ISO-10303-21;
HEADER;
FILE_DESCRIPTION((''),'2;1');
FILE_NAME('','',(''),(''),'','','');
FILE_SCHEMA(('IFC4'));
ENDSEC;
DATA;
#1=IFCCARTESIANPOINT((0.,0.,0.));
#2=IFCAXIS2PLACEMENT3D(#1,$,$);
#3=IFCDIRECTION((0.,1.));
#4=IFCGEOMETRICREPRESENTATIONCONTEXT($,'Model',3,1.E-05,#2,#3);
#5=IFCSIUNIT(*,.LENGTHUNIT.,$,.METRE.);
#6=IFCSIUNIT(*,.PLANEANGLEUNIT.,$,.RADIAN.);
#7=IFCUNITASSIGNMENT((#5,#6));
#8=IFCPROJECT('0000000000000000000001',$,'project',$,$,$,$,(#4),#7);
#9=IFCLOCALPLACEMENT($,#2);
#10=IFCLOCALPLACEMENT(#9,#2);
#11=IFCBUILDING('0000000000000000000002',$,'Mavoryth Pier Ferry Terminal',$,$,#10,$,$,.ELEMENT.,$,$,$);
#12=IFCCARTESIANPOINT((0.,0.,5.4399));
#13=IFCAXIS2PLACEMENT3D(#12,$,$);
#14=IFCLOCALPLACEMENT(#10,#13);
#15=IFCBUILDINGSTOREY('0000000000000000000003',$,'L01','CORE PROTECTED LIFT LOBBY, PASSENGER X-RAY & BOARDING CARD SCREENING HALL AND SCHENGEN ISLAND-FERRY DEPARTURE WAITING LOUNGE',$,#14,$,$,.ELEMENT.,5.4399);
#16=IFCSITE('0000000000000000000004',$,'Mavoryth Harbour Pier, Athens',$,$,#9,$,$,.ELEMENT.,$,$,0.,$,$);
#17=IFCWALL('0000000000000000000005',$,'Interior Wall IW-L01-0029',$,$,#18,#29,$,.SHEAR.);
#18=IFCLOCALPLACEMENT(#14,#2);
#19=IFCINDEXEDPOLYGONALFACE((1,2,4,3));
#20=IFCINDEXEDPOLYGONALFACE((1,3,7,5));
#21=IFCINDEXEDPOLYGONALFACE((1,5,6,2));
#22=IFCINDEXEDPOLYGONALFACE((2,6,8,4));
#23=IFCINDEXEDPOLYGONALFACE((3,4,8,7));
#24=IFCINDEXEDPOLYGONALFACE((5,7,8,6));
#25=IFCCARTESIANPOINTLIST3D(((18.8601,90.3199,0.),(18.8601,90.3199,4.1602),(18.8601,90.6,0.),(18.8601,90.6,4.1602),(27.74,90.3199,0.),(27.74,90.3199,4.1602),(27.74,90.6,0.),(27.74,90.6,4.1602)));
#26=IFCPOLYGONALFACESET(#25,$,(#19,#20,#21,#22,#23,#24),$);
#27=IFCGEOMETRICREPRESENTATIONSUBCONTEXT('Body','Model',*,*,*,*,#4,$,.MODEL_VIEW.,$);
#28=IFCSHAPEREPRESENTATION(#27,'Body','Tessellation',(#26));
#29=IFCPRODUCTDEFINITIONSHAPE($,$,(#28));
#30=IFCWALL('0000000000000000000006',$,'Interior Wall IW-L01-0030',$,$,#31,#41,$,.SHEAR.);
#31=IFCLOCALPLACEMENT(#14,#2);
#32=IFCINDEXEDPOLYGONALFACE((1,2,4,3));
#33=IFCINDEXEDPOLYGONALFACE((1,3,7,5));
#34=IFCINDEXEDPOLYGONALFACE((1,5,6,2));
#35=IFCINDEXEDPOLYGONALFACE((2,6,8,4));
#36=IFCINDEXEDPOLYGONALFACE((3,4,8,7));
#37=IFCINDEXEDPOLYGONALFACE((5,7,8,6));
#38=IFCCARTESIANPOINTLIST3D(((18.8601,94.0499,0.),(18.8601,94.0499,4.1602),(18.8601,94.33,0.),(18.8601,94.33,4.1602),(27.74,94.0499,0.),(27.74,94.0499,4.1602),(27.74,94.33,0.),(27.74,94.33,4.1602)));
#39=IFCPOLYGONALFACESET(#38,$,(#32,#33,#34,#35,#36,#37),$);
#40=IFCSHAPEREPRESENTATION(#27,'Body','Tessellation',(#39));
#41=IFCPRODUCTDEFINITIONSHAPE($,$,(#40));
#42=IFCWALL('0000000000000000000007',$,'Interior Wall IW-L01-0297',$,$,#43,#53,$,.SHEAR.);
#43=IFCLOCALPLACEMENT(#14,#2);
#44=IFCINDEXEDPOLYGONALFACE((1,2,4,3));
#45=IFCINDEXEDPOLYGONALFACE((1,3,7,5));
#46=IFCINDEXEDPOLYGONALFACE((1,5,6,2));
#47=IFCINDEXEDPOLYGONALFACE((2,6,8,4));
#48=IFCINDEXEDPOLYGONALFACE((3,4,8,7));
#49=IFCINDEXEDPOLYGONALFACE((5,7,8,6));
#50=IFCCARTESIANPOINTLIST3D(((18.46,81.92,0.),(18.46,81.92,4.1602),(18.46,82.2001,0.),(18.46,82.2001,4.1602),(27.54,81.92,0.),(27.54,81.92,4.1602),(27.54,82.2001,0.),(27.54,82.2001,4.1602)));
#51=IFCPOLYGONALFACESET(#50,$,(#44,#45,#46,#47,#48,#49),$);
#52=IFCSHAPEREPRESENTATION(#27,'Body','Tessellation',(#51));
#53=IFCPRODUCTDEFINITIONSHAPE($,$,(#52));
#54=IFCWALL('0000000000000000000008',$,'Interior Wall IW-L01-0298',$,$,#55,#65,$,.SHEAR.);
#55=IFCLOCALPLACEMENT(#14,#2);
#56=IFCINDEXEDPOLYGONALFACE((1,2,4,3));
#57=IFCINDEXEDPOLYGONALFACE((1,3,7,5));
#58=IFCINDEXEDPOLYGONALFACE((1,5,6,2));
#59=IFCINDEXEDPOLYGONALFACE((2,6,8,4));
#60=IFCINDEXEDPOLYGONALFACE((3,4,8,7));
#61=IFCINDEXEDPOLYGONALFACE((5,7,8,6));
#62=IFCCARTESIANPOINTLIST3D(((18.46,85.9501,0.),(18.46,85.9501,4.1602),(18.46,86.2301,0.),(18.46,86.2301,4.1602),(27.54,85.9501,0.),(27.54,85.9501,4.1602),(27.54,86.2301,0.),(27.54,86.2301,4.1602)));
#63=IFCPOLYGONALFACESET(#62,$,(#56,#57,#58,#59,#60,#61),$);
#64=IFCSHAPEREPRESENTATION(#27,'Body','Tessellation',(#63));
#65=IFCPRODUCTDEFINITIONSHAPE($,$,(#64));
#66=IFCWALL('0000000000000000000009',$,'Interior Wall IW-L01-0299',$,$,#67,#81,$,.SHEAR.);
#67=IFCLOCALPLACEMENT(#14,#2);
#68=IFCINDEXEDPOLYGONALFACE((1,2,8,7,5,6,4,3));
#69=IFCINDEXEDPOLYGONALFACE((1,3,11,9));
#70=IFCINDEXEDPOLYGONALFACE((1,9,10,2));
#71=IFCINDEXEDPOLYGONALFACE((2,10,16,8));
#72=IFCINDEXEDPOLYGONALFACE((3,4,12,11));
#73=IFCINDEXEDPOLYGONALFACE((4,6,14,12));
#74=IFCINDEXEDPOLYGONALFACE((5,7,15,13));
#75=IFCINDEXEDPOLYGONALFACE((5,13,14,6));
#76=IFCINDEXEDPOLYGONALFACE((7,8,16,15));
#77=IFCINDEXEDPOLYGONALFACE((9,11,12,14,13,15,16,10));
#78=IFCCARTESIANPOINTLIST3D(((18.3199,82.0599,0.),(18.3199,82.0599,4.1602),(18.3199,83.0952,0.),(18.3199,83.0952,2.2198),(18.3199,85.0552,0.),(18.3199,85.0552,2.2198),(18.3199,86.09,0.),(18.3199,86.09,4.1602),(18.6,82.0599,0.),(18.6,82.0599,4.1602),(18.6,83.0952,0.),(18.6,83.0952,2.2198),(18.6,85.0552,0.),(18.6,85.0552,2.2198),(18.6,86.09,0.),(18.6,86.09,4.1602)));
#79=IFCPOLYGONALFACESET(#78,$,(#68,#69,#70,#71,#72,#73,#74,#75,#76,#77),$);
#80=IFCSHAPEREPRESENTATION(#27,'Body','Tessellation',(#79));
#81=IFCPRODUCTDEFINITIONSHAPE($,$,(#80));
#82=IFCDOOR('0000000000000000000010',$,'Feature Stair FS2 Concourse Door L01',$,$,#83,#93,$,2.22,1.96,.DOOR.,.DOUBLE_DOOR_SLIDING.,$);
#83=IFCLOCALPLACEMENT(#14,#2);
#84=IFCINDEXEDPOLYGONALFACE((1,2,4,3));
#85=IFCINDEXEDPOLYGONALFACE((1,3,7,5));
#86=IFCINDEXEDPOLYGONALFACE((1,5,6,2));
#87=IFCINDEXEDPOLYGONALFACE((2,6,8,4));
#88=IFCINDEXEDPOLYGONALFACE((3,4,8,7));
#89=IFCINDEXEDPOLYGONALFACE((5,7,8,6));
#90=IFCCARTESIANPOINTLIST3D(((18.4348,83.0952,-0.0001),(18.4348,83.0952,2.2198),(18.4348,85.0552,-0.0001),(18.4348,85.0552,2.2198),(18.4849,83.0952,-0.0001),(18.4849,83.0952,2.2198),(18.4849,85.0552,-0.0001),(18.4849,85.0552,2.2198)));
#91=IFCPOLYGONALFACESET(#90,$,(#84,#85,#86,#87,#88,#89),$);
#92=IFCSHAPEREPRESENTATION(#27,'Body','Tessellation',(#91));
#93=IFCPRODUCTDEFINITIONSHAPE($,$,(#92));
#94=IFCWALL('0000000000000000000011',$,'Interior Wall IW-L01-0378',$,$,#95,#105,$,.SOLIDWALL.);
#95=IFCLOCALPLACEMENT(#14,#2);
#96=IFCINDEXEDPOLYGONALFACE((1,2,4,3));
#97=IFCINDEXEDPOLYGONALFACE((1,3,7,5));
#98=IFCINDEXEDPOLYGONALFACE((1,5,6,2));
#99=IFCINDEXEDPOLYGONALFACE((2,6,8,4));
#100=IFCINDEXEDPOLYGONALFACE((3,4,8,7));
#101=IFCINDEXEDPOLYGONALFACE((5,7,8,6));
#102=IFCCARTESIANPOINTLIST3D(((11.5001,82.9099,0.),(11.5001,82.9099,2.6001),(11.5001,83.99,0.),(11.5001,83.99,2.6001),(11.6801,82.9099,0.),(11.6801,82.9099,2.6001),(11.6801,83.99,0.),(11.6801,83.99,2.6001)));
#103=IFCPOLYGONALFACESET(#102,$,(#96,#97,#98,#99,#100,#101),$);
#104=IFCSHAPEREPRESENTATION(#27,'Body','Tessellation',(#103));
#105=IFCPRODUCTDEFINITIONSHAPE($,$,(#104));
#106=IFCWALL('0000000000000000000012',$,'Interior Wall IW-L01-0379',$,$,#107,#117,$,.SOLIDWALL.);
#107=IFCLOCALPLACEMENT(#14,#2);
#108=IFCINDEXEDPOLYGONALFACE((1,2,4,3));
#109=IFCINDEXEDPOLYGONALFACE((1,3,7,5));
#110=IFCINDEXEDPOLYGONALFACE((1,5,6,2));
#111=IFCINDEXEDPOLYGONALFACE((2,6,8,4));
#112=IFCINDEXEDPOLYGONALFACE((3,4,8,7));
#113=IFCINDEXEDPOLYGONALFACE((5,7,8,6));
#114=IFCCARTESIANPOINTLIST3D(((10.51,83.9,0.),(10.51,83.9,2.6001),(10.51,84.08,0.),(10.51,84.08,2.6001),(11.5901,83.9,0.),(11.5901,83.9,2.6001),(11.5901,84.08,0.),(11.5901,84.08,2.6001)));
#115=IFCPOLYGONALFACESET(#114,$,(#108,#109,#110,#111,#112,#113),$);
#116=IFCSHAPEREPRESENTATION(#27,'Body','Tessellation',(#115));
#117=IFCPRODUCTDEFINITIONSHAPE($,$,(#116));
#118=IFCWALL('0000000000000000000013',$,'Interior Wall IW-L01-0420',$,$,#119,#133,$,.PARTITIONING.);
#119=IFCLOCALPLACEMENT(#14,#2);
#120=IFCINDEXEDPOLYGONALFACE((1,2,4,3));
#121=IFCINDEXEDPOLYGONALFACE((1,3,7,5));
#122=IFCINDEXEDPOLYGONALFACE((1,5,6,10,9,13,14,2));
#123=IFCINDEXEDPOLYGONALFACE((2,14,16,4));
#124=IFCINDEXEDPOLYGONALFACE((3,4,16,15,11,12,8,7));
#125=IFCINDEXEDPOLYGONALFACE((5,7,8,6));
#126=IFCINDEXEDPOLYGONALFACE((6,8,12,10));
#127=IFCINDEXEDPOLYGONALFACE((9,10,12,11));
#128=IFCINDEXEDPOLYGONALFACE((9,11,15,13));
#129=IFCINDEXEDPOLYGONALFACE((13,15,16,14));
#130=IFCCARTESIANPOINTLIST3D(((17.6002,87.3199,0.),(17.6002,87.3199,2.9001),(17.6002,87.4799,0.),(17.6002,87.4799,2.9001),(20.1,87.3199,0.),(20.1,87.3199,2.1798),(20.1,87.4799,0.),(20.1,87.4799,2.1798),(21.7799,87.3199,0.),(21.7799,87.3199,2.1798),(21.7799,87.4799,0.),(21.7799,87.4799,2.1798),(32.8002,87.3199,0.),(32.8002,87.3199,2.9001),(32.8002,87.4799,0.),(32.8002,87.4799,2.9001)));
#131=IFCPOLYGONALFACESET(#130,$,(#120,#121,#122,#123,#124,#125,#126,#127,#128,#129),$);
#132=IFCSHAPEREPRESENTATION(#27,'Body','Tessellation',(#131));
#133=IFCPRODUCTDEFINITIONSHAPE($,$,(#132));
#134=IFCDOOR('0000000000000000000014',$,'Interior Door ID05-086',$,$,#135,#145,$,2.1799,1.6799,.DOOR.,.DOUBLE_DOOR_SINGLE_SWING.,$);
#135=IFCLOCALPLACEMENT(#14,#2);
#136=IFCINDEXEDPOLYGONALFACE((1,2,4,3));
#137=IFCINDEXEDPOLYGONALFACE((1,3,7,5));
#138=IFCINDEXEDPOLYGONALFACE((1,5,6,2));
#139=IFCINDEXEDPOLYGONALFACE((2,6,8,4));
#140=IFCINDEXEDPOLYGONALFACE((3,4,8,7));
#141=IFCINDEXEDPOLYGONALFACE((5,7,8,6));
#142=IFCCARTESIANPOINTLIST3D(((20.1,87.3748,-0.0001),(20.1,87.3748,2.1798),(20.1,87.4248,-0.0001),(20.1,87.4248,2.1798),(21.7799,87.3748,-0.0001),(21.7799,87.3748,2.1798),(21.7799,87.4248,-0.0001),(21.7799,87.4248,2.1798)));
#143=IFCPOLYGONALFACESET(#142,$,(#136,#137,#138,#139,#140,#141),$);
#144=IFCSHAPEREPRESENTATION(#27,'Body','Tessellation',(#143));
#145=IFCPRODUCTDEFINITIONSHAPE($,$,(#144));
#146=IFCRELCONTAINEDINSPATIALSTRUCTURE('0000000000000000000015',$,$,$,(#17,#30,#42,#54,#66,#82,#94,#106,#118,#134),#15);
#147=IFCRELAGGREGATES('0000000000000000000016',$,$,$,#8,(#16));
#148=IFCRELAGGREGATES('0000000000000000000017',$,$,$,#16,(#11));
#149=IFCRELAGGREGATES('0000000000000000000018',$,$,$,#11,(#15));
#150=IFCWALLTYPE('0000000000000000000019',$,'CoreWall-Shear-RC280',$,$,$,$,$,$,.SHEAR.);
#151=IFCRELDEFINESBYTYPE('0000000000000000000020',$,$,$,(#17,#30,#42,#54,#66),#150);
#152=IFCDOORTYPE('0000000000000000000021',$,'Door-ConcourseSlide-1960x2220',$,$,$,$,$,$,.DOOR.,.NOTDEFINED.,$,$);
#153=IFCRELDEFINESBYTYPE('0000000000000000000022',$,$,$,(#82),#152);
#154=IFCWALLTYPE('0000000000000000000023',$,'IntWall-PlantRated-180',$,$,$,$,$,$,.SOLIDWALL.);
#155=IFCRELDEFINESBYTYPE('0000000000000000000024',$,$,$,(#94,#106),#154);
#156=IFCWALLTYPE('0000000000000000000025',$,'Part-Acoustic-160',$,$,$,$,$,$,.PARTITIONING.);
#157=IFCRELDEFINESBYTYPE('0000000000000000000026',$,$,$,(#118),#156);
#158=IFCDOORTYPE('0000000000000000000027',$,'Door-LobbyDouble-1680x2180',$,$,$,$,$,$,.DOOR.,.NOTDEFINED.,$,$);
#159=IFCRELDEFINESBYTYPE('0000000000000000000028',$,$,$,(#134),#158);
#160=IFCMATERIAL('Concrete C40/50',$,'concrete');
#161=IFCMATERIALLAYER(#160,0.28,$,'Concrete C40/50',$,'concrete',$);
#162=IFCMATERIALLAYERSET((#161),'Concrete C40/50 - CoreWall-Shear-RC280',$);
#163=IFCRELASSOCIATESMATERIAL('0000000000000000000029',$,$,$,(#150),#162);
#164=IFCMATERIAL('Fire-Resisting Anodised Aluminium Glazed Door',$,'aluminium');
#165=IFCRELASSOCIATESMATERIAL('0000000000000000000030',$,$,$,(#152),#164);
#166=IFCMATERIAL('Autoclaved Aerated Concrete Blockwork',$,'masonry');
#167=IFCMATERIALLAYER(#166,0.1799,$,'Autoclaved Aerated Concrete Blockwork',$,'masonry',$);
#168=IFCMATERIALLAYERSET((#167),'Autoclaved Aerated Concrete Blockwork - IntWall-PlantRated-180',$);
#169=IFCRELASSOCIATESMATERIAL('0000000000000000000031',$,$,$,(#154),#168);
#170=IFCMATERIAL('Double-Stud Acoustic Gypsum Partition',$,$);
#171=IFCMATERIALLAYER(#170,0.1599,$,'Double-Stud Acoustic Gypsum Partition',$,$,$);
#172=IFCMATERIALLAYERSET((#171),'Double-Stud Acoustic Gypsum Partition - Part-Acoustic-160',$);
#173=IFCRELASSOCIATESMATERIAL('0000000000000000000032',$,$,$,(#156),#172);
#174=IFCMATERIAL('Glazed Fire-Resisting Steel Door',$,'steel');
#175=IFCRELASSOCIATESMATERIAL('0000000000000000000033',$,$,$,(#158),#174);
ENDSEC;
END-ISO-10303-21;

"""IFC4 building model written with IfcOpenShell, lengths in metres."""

from ifc_helpers import new_model, si_unit, direction, frame, frame_2d, origin, place, context, subcontext, project, spatial, rectangle, extrude, material, layer, layer_set, type_object, element, fill, save


model = new_model("IFC4")

# Units and contexts
model_context = context("Model", 3, precision=1e-05, world=origin(), true_north=direction((0.0, 1.0)))
body_context = subcontext(model_context, "Body", "Model", "MODEL_VIEW")
ifc_project = project(units=[si_unit("LENGTHUNIT", "METRE"), si_unit("PLANEANGLEUNIT", "RADIAN")], contexts=[model_context])

# Site, building, storey
site_placement = place(None, origin())
site = spatial("IfcSite", under=ifc_project, at=site_placement, Name="Mavoryth Harbour Pier, Athens", CompositionType="ELEMENT", RefElevation=0.0)
building_placement = place(site_placement, origin())
building = spatial("IfcBuilding", under=site, at=building_placement, Name="Mavoryth Pier Ferry Terminal", CompositionType="ELEMENT")
storey_placement = place(building_placement, frame((0.0, 0.0, 5.4399)))
storey = spatial("IfcBuildingStorey", under=building, at=storey_placement, Name="L01", Description="CORE PROTECTED LIFT LOBBY, PASSENGER X-RAY & BOARDING CARD SCREENING HALL AND SCHENGEN ISLAND-FERRY DEPARTURE WAITING LOUNGE", CompositionType="ELEMENT", Elevation=5.4399)

# Shared definitions
ifc_material_1 = material(Name="Concrete C40/50", Category="concrete")

# Walls
ifc_layer_1 = layer(ifc_material_1, 0.28, Name="Concrete C40/50", Category="concrete")
ifc_layer_set_1 = layer_set([ifc_layer_1], Name="Concrete C40/50 - CoreWall-Shear-RC280")
wall_type_1 = type_object("IfcWallType", Name="CoreWall-Shear-RC280", PredefinedType="SHEAR", material=ifc_layer_set_1)
for number, where, z_axis, x_axis, name in (
    (1, (18.8601, 90.46, 0.0), (0.0, 0.0, 1.0), (1.0, 0.0, 0.0), "Interior Wall IW-L01-0029"),
    (2, (18.8601, 94.1899, 0.0), (0.0, 0.0, 1.0), (1.0, 0.0, 0.0), "Interior Wall IW-L01-0030"),
):
    element("IfcWall", number, at=place(storey_placement, frame(where, z_axis=z_axis, x_axis=x_axis)), inside=storey, type_object=wall_type_1, Name=name, PredefinedType="SHEAR", context=body_context, shape_type="SweptSolid", body=[
        extrude(rectangle(XDim=8.8799, YDim=0.28, at=frame_2d((4.4399, 0.0))), origin(), (0.0, 0.0, 1.0), 4.1602),
    ])

# Walls
for number, where, z_axis, x_axis, name in (
    (3, (18.46, 82.0601, 0.0), (0.0, 0.0, 1.0), (1.0, 0.0, 0.0), "Interior Wall IW-L01-0297"),
    (4, (18.46, 86.0901, 0.0), (0.0, 0.0, 1.0), (1.0, 0.0, 0.0), "Interior Wall IW-L01-0298"),
):
    element("IfcWall", number, at=place(storey_placement, frame(where, z_axis=z_axis, x_axis=x_axis)), inside=storey, type_object=wall_type_1, Name=name, PredefinedType="SHEAR", context=body_context, shape_type="SweptSolid", body=[
        extrude(rectangle(XDim=9.0801, YDim=0.28, at=frame_2d((4.54, 0.0))), origin(), (0.0, 0.0, 1.0), 4.1602),
    ])

# Wall, opening, door
wall_1_placement = place(storey_placement, frame((18.46, 86.0901, 0.0), z_axis=(0.0, 0.0, 1.0), x_axis=(0.0, -1.0, 0.0)))
wall_1 = element("IfcWall", 5, at=wall_1_placement, inside=storey, type_object=wall_type_1, Name="Interior Wall IW-L01-0299", PredefinedType="SHEAR", context=body_context, shape_type="SweptSolid", body=[
    extrude(rectangle(XDim=4.03, YDim=0.28, at=frame_2d((2.0151, 0.0))), origin(), (0.0, 0.0, 1.0), 4.1602),
])
opening_1_placement = place(wall_1_placement, frame((1.0349, 0.0, 0.0)))
opening_1 = element("IfcOpeningElement", 6, at=opening_1_placement, cuts=wall_1, PredefinedType="OPENING", context=body_context, shape_type="SweptSolid", body=[
    extrude(rectangle(XDim=1.96, YDim=2.22, at=frame_2d((0.98, 1.1099))), frame((0.0, 0.1499, 0.0), z_axis=(0.0, -1.0, 0.0), x_axis=(1.0, 0.0, 0.0)), (0.0, 0.0, 1.0), 0.3),
])
ifc_material_2 = material(Name="Fire-Resisting Anodised Aluminium Glazed Door", Category="aluminium")
door_type_1 = type_object("IfcDoorType", Name="Door-ConcourseSlide-1960x2220", OperationType="NOTDEFINED", PredefinedType="DOOR", material=ifc_material_2)
door_1_placement = place(opening_1_placement, origin())
door_1 = element("IfcDoor", 7, at=door_1_placement, inside=storey, type_object=door_type_1, Name="Feature Stair FS2 Concourse Door L01", OperationType="DOUBLE_DOOR_SLIDING", OverallHeight=2.22, OverallWidth=1.96, PredefinedType="DOOR", context=body_context, shape_type="SweptSolid", body=[
    extrude(rectangle(XDim=1.96, YDim=2.22, at=frame_2d((0.98, 1.1099))), frame((0.0, 0.0249, 0.0), z_axis=(0.0, -1.0, 0.0), x_axis=(1.0, 0.0, 0.0)), (0.0, 0.0, 1.0), 0.05),
])
fill(opening_1, door_1)

# Walls
ifc_material_3 = material(Name="Autoclaved Aerated Concrete Blockwork", Category="masonry")
ifc_layer_2 = layer(ifc_material_3, 0.1799, Name="Autoclaved Aerated Concrete Blockwork", Category="masonry")
ifc_layer_set_2 = layer_set([ifc_layer_2], Name="Autoclaved Aerated Concrete Blockwork - IntWall-PlantRated-180")
wall_type_2 = type_object("IfcWallType", Name="IntWall-PlantRated-180", PredefinedType="SOLIDWALL", material=ifc_layer_set_2)
for number, where, z_axis, x_axis, name in (
    (8, (11.5901, 82.9099, 0.0), (0.0, 0.0, 1.0), (0.0, 1.0, 0.0), "Interior Wall IW-L01-0378"),
    (9, (11.5901, 83.99, 0.0), (0.0, 0.0, 1.0), (-1.0, 0.0, 0.0), "Interior Wall IW-L01-0379"),
):
    element("IfcWall", number, at=place(storey_placement, frame(where, z_axis=z_axis, x_axis=x_axis)), inside=storey, type_object=wall_type_2, Name=name, PredefinedType="SOLIDWALL", context=body_context, shape_type="SweptSolid", body=[
        extrude(rectangle(XDim=1.0801, YDim=0.1799, at=frame_2d((0.54, 0.0))), origin(), (0.0, 0.0, 1.0), 2.6001),
    ])

# Wall, opening, door
ifc_material_4 = material(Name="Double-Stud Acoustic Gypsum Partition")
ifc_layer_3 = layer(ifc_material_4, 0.1599, Name="Double-Stud Acoustic Gypsum Partition")
ifc_layer_set_3 = layer_set([ifc_layer_3], Name="Double-Stud Acoustic Gypsum Partition - Part-Acoustic-160")
wall_type_3 = type_object("IfcWallType", Name="Part-Acoustic-160", PredefinedType="PARTITIONING", material=ifc_layer_set_3)
wall_2_placement = place(storey_placement, frame((17.6001, 87.3999, 0.0), z_axis=(0.0, 0.0, 1.0), x_axis=(1.0, 0.0, 0.0)))
wall_2 = element("IfcWall", 10, at=wall_2_placement, inside=storey, type_object=wall_type_3, Name="Interior Wall IW-L01-0420", PredefinedType="PARTITIONING", context=body_context, shape_type="SweptSolid", body=[
    extrude(rectangle(XDim=15.2, YDim=0.1599, at=frame_2d((7.6001, 0.0))), origin(), (0.0, 0.0, 1.0), 2.9001),
])
opening_2_placement = place(wall_2_placement, frame((2.5, 0.0, 0.0)))
opening_2 = element("IfcOpeningElement", 11, at=opening_2_placement, cuts=wall_2, PredefinedType="OPENING", context=body_context, shape_type="SweptSolid", body=[
    extrude(rectangle(XDim=1.6799, YDim=2.1799, at=frame_2d((0.8398, 1.0898))), frame((0.0, 0.0898, 0.0), z_axis=(0.0, -1.0, 0.0), x_axis=(1.0, 0.0, 0.0)), (0.0, 0.0, 1.0), 0.1799),
])
ifc_material_5 = material(Name="Glazed Fire-Resisting Steel Door", Category="steel")
door_type_2 = type_object("IfcDoorType", Name="Door-LobbyDouble-1680x2180", OperationType="NOTDEFINED", PredefinedType="DOOR", material=ifc_material_5)
door_2_placement = place(opening_2_placement, origin())
door_2 = element("IfcDoor", 12, at=door_2_placement, inside=storey, type_object=door_type_2, Name="Interior Door ID05-086", OperationType="DOUBLE_DOOR_SINGLE_SWING", OverallHeight=2.1799, OverallWidth=1.6799, PredefinedType="DOOR", context=body_context, shape_type="SweptSolid", body=[
    extrude(rectangle(XDim=1.6799, YDim=2.1799, at=frame_2d((0.8398, 1.0898))), frame((0.0, 0.0249, 0.0), z_axis=(0.0, -1.0, 0.0), x_axis=(1.0, 0.0, 0.0)), (0.0, 0.0, 1.0), 0.05),
])
fill(opening_2, door_2)

save(model, "model.ifc")
